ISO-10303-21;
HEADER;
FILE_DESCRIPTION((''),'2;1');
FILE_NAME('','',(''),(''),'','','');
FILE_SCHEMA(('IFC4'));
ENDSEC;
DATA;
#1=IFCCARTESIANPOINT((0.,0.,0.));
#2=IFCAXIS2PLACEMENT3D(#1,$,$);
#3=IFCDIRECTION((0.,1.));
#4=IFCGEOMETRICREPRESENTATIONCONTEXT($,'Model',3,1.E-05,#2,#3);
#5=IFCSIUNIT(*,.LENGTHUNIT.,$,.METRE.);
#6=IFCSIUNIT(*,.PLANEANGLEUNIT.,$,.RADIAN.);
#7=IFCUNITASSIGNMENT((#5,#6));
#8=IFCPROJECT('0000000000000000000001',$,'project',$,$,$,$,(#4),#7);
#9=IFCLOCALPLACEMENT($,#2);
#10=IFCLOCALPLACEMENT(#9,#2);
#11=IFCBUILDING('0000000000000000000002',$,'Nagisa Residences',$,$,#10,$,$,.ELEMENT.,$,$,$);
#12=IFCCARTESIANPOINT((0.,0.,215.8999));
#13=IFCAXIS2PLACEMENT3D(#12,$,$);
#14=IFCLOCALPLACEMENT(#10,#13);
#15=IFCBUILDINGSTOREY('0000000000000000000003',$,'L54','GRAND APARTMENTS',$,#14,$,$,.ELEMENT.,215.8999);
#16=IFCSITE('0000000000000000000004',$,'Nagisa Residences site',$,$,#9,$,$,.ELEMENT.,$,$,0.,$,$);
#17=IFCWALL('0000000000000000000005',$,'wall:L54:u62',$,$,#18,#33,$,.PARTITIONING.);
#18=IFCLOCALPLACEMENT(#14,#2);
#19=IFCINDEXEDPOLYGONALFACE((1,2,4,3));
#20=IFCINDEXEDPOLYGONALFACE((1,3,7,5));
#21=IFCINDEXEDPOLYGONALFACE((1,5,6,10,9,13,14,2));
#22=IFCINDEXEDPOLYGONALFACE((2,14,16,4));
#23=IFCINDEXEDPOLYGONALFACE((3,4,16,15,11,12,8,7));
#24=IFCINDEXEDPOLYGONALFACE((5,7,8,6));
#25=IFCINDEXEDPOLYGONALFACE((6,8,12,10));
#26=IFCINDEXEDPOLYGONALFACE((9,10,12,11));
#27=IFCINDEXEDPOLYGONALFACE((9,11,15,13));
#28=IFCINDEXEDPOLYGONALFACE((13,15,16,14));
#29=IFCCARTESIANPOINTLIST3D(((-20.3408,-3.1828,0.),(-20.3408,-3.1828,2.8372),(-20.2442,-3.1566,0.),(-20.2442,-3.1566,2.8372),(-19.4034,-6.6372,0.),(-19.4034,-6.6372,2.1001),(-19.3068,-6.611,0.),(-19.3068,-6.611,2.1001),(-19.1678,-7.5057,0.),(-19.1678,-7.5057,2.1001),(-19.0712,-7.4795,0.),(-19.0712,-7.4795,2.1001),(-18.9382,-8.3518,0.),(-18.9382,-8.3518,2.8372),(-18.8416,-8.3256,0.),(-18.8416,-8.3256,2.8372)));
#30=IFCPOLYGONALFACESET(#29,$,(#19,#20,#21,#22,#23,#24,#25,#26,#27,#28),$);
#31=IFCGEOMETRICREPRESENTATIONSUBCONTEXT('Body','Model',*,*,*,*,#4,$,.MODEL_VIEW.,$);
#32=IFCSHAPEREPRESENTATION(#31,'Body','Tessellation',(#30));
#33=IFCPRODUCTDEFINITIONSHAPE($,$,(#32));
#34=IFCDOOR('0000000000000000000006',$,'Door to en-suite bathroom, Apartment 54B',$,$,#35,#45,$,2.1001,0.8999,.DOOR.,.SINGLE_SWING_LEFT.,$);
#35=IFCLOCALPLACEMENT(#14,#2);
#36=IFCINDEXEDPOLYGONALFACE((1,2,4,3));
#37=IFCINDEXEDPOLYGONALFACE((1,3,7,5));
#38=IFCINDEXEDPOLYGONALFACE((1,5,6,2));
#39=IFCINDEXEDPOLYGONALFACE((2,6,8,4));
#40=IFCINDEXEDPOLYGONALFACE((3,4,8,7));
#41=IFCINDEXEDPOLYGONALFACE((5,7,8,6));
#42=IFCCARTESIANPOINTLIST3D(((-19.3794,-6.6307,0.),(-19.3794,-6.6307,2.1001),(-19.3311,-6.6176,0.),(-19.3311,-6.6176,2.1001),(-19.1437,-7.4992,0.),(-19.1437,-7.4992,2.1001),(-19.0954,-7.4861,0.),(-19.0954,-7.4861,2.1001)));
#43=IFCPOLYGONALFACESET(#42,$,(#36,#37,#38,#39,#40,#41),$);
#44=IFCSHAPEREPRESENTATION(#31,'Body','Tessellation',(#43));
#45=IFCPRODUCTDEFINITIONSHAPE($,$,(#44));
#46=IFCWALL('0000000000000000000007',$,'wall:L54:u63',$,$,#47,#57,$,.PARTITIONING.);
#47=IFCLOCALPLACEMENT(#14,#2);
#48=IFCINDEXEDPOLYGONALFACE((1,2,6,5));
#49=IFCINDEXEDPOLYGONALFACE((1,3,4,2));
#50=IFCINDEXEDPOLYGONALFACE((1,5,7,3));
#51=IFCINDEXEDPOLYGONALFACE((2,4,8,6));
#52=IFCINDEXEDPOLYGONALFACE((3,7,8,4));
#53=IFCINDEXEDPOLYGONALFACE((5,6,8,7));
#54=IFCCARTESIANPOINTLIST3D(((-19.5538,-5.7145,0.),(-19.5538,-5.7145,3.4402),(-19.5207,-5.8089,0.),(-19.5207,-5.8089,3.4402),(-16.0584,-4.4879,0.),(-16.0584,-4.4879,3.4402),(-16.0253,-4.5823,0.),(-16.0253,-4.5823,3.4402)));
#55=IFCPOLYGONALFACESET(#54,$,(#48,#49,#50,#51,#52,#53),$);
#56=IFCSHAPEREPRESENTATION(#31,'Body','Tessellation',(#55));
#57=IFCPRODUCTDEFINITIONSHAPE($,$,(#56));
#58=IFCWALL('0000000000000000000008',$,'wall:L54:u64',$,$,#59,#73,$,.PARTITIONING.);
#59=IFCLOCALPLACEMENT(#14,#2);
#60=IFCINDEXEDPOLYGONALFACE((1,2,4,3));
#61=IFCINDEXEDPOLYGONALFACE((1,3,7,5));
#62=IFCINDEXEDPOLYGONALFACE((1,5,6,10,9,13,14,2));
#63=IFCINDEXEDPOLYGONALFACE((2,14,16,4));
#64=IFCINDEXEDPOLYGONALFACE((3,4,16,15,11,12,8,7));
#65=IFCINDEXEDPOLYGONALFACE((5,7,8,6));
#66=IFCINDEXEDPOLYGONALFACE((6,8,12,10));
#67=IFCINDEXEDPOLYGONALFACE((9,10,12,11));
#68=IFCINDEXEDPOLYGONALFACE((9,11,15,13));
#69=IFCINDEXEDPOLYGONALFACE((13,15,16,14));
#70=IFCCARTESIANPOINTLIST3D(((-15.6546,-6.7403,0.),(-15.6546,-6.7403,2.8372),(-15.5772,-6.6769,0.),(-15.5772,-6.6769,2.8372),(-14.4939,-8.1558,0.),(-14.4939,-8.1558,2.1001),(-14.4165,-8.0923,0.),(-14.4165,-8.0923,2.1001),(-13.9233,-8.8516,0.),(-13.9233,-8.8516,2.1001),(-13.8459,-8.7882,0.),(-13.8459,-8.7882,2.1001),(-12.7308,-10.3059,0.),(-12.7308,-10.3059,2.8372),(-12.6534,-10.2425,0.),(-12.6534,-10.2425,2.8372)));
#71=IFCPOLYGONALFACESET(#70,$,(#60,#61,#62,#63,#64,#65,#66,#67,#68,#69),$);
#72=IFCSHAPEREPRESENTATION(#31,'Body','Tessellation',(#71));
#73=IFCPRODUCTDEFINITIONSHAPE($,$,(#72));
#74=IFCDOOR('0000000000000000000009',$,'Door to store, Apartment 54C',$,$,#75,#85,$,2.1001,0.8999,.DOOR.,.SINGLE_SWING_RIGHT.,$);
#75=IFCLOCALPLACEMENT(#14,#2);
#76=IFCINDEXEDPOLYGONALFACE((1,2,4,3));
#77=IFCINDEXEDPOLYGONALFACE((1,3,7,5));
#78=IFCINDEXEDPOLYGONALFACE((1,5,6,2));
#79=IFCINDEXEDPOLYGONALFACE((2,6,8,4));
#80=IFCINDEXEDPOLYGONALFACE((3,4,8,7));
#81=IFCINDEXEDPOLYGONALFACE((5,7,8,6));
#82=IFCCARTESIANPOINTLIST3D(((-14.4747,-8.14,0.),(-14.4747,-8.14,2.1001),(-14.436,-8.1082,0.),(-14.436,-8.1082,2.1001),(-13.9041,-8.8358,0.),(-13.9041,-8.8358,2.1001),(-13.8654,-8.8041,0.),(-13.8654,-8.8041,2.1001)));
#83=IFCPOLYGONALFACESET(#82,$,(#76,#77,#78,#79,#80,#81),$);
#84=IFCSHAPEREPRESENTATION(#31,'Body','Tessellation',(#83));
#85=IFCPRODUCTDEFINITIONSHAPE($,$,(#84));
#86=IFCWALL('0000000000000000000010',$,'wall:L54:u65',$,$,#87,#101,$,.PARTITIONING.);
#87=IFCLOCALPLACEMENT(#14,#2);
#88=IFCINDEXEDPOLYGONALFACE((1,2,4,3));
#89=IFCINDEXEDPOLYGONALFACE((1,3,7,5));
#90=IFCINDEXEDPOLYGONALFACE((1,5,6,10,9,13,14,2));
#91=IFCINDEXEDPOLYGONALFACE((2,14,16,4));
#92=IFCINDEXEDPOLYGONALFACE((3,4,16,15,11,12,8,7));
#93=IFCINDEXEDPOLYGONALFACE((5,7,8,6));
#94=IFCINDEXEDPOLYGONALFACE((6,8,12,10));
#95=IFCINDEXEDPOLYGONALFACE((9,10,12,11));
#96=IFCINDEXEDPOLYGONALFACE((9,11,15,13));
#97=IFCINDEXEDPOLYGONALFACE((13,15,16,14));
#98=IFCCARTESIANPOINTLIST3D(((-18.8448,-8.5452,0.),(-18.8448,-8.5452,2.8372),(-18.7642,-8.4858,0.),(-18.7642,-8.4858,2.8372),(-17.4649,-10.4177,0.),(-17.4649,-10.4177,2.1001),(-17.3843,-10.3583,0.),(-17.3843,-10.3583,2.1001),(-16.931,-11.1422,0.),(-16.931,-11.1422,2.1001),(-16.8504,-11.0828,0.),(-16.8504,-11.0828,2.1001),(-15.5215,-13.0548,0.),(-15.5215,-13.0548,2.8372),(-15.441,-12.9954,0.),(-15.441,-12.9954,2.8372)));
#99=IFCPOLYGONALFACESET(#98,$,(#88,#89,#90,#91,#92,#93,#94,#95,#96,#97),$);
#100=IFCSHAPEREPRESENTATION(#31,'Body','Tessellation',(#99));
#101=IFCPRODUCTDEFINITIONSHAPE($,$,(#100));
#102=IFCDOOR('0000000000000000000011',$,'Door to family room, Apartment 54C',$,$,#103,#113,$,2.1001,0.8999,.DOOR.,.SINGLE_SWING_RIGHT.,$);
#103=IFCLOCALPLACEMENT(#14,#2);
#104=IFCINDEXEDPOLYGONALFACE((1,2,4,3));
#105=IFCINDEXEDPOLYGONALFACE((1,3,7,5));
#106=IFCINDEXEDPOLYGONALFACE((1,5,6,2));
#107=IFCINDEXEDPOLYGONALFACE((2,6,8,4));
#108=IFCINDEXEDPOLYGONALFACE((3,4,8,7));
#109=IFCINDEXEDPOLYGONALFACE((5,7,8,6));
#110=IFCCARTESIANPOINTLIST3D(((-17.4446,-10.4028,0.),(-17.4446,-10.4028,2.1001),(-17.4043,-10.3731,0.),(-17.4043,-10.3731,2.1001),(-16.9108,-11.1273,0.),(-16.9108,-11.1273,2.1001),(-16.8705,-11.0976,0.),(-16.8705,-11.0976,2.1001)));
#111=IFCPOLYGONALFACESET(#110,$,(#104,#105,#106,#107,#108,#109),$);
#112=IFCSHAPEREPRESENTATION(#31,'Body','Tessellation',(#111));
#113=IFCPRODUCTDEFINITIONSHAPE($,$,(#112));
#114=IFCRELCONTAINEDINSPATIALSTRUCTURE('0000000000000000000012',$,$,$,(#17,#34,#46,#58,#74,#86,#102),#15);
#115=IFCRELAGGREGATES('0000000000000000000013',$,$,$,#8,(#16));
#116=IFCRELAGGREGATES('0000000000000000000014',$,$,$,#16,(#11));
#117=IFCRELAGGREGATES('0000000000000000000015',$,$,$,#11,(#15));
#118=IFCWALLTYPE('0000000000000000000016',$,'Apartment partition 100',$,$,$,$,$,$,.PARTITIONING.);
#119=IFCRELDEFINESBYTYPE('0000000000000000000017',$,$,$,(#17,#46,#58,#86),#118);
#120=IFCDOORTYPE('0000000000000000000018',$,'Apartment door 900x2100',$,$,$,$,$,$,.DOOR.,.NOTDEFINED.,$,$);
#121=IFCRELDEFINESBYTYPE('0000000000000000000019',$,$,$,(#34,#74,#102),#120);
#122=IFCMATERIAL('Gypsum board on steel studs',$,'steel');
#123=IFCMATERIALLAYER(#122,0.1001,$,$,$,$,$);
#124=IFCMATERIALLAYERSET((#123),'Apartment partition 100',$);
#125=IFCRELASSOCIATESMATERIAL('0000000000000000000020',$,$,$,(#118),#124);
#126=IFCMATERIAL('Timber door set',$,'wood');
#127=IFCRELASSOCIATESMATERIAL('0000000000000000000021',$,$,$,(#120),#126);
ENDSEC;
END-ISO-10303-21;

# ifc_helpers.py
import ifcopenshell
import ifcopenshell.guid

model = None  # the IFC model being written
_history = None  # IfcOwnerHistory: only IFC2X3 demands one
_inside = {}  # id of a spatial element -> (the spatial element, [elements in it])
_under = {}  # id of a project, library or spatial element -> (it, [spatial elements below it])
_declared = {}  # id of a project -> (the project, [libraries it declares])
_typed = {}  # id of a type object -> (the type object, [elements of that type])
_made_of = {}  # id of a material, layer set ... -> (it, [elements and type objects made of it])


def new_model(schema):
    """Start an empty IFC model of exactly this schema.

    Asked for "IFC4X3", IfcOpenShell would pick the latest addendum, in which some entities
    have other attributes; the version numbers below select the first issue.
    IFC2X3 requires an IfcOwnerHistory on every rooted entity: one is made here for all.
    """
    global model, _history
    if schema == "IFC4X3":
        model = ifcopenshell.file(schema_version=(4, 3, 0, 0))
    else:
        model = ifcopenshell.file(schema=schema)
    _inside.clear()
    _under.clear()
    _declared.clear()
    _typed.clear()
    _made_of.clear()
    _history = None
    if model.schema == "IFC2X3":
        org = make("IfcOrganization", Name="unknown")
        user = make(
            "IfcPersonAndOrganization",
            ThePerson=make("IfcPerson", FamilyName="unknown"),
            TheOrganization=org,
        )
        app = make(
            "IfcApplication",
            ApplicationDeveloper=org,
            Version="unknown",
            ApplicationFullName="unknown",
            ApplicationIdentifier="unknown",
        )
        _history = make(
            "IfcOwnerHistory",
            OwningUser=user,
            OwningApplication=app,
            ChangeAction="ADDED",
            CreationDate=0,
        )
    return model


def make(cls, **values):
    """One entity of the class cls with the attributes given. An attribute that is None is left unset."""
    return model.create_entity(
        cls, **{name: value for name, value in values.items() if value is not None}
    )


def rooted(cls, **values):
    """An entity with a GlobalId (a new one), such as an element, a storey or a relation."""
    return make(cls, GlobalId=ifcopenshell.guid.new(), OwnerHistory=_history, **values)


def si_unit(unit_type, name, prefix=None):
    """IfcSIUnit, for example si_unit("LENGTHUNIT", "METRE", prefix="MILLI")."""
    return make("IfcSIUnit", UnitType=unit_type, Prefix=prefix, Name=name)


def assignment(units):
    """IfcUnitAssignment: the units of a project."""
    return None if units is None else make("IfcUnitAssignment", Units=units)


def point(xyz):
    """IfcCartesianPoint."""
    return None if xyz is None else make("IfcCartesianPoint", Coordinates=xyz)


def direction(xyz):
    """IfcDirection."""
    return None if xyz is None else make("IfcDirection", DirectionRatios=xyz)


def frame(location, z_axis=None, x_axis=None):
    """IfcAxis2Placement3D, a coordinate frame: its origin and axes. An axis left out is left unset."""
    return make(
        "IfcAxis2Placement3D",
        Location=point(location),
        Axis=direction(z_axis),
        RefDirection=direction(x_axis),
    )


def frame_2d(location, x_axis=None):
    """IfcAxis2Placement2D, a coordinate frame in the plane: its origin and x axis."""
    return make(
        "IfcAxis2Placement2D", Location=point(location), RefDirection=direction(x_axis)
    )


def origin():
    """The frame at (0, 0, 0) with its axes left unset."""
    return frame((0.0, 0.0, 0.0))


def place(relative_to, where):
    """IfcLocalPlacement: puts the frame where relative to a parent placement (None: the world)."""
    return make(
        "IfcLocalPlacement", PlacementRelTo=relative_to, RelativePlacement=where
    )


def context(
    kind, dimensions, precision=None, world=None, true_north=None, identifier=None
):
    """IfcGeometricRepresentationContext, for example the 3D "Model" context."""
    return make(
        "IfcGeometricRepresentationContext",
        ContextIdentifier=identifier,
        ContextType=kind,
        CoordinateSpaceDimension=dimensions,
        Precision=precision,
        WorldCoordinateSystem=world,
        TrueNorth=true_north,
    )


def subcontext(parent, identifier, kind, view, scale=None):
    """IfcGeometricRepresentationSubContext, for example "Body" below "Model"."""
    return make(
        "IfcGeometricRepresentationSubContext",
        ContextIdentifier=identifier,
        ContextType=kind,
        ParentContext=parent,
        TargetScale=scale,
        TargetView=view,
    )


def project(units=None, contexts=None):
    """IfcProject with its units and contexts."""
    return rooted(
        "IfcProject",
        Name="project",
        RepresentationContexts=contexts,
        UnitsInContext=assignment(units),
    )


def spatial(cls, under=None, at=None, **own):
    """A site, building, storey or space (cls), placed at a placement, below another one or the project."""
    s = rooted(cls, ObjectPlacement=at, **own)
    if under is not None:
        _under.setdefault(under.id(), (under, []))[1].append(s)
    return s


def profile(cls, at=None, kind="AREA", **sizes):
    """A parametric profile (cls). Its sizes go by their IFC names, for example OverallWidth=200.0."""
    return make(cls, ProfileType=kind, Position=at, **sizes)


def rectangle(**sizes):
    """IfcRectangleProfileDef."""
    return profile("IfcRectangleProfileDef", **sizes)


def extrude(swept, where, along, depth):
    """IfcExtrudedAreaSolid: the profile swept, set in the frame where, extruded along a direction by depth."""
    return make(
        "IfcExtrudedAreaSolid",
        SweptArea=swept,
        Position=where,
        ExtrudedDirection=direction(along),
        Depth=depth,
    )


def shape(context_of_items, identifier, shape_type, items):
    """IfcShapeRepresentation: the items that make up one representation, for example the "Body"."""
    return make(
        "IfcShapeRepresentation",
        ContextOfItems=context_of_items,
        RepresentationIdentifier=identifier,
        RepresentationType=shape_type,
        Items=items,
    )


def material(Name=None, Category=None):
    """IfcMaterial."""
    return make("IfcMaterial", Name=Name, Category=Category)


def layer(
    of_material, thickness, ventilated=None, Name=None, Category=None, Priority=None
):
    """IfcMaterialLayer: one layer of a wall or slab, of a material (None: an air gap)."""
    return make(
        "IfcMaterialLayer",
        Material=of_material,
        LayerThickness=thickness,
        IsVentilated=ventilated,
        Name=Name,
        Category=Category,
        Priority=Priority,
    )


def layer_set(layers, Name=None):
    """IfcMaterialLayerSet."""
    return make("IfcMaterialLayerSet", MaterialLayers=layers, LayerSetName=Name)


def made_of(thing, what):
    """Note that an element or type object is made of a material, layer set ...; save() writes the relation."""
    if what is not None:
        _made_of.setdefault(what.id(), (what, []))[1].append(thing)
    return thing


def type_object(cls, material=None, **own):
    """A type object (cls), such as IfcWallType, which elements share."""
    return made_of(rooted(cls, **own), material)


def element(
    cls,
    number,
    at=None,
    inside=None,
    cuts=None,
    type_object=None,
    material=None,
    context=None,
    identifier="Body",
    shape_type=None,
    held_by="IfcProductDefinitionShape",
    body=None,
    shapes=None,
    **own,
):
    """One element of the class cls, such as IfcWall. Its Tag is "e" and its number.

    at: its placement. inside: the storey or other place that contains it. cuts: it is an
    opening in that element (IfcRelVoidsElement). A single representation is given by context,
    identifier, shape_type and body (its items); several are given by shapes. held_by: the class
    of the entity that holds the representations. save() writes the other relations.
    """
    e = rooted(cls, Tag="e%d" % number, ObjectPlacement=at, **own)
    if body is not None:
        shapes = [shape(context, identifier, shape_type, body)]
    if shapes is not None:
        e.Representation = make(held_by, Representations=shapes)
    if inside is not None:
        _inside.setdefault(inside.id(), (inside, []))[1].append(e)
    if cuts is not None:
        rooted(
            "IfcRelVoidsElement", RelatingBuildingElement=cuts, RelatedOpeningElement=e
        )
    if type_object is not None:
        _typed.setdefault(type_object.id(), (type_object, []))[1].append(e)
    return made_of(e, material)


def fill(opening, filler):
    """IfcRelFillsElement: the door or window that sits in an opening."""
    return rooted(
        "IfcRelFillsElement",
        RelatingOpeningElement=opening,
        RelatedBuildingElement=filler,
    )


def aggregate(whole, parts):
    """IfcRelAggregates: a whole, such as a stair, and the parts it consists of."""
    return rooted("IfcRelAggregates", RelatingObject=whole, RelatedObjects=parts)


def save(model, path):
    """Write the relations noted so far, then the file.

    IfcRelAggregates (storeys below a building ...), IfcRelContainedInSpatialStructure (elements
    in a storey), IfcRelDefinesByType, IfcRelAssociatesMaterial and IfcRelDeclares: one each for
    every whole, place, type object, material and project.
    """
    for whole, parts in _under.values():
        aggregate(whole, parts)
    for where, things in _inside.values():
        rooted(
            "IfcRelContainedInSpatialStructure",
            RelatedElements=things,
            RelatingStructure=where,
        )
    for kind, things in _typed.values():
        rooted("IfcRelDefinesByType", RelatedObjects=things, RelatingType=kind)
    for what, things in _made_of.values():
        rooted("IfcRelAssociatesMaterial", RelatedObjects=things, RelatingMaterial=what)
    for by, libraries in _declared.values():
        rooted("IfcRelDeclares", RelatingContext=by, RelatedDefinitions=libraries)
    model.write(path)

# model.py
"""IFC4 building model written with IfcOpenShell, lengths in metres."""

from ifc_helpers import new_model, si_unit, direction, frame, frame_2d, origin, place, context, subcontext, project, spatial, rectangle, extrude, material, layer, layer_set, type_object, element, fill, save


model = new_model("IFC4")

# Units and contexts
model_context = context("Model", 3, precision=1e-05, world=origin(), true_north=direction((0.0, 1.0)))
body_context = subcontext(model_context, "Body", "Model", "MODEL_VIEW")
ifc_project = project(units=[si_unit("LENGTHUNIT", "METRE"), si_unit("PLANEANGLEUNIT", "RADIAN")], contexts=[model_context])

# Site, building, storey
site_placement = place(None, origin())
site = spatial("IfcSite", under=ifc_project, at=site_placement, Name="Nagisa Residences site", CompositionType="ELEMENT", RefElevation=0.0)
building_placement = place(site_placement, origin())
building = spatial("IfcBuilding", under=site, at=building_placement, Name="Nagisa Residences", CompositionType="ELEMENT")
storey_placement = place(building_placement, frame((0.0, 0.0, 215.8999)))
storey = spatial("IfcBuildingStorey", under=building, at=storey_placement, Name="L54", Description="GRAND APARTMENTS", CompositionType="ELEMENT", Elevation=215.8999)

# Shared definitions
ifc_material_1 = material(Name="Gypsum board on steel studs", Category="steel")
ifc_layer_1 = layer(ifc_material_1, 0.1001)
ifc_layer_set_1 = layer_set([ifc_layer_1], Name="Apartment partition 100")
wall_type_1 = type_object("IfcWallType", Name="Apartment partition 100", PredefinedType="PARTITIONING", material=ifc_layer_set_1)
ifc_material_2 = material(Name="Timber door set", Category="wood")
door_type_1 = type_object("IfcDoorType", Name="Apartment door 900x2100", OperationType="NOTDEFINED", PredefinedType="DOOR", material=ifc_material_2)

# Wall, opening, door
wall_1_placement = place(storey_placement, frame((-20.2925, -3.1697, 0.0), z_axis=(0.0, 0.0, 1.0), x_axis=(0.261879, -0.965101, 0.0)))
wall_1 = element("IfcWall", 1, at=wall_1_placement, inside=storey, type_object=wall_type_1, Name="wall:L54:u62", PredefinedType="PARTITIONING", context=body_context, shape_type="SweptSolid", body=[
    extrude(rectangle(XDim=5.356, YDim=0.1001, at=frame_2d((2.678, 0.0))), origin(), (0.0, 0.0, 1.0), 2.8372),
])
opening_1_placement = place(wall_1_placement, frame((3.5793, 0.0, 0.0)))
opening_1 = element("IfcOpeningElement", 2, at=opening_1_placement, cuts=wall_1, PredefinedType="OPENING", context=body_context, shape_type="SweptSolid", body=[
    extrude(rectangle(XDim=0.8999, YDim=2.1001, at=frame_2d((0.45, 1.05))), frame((0.0, 0.0601, 0.0), z_axis=(0.0, -1.0, 0.0), x_axis=(1.0, 0.0, 0.0)), (0.0, 0.0, 1.0), 0.1201),
])
door_1_placement = place(opening_1_placement, origin())
door_1 = element("IfcDoor", 3, at=door_1_placement, inside=storey, type_object=door_type_1, Name="Door to en-suite bathroom, Apartment 54B", OperationType="SINGLE_SWING_LEFT", OverallHeight=2.1001, OverallWidth=0.8999, PredefinedType="DOOR", context=body_context, shape_type="SweptSolid", body=[
    extrude(rectangle(XDim=0.8999, YDim=2.1001, at=frame_2d((0.45, 1.05))), frame((0.0, 0.0249, 0.0), z_axis=(0.0, -1.0, 0.0), x_axis=(1.0, 0.0, 0.0)), (0.0, 0.0, 1.0), 0.05),
])
fill(opening_1, door_1)

# Wall
wall_2_placement = place(storey_placement, frame((-16.042, -4.5352, 0.0), z_axis=(0.0, 0.0, 1.0), x_axis=(-0.94359, -0.331117, 0.0)))
element("IfcWall", 4, at=wall_2_placement, inside=storey, type_object=wall_type_1, Name="wall:L54:u63", PredefinedType="PARTITIONING", context=body_context, shape_type="SweptSolid", body=[
    extrude(rectangle(XDim=3.7043, YDim=0.1001, at=frame_2d((1.8521, 0.0))), origin(), (0.0, 0.0, 1.0), 3.4402),
])

# Walls, openings, doors
wall_3_placement = place(storey_placement, frame((-15.616, -6.7085, 0.0), z_axis=(0.0, 0.0, 1.0), x_axis=(0.634076, -0.77327, 0.0)))
wall_3 = element("IfcWall", 5, at=wall_3_placement, inside=storey, type_object=wall_type_1, Name="wall:L54:u64", PredefinedType="PARTITIONING", context=body_context, shape_type="SweptSolid", body=[
    extrude(rectangle(XDim=4.6111, YDim=0.1001, at=frame_2d((2.3057, 0.0))), origin(), (0.0, 0.0, 1.0), 2.8372),
])
opening_2_placement = place(wall_3_placement, frame((1.8306, 0.0, 0.0)))
opening_2 = element("IfcOpeningElement", 6, at=opening_2_placement, cuts=wall_3, PredefinedType="OPENING", context=body_context, shape_type="SweptSolid", body=[
    extrude(rectangle(XDim=0.8999, YDim=2.1001, at=frame_2d((0.45, 1.05))), frame((0.0, 0.0601, 0.0), z_axis=(0.0, -1.0, 0.0), x_axis=(1.0, 0.0, 0.0)), (0.0, 0.0, 1.0), 0.1201),
])
door_2_placement = place(opening_2_placement, origin())
door_2 = element("IfcDoor", 7, at=door_2_placement, inside=storey, type_object=door_type_1, Name="Door to store, Apartment 54C", OperationType="SINGLE_SWING_RIGHT", OverallHeight=2.1001, OverallWidth=0.8999, PredefinedType="DOOR", context=body_context, shape_type="SweptSolid", body=[
    extrude(rectangle(XDim=0.8999, YDim=2.1001, at=frame_2d((0.45, 1.05))), frame((0.0, 0.0249, 0.0), z_axis=(0.0, -1.0, 0.0), x_axis=(1.0, 0.0, 0.0)), (0.0, 0.0, 1.0), 0.05),
])
fill(opening_2, door_2)
wall_4_placement = place(storey_placement, frame((-18.8044, -8.5156, 0.0), z_axis=(0.0, 0.0, 1.0), x_axis=(0.59325, -0.805019, 0.0)))
wall_4 = element("IfcWall", 8, at=wall_4_placement, inside=storey, type_object=wall_type_1, Name="wall:L54:u65", PredefinedType="PARTITIONING", context=body_context, shape_type="SweptSolid", body=[
    extrude(rectangle(XDim=5.6018, YDim=0.1001, at=frame_2d((2.8008, 0.0))), origin(), (0.0, 0.0, 1.0), 2.8372),
])
opening_3_placement = place(wall_4_placement, frame((2.3259, 0.0, 0.0)))
opening_3 = element("IfcOpeningElement", 9, at=opening_3_placement, cuts=wall_4, PredefinedType="OPENING", context=body_context, shape_type="SweptSolid", body=[
    extrude(rectangle(XDim=0.8999, YDim=2.1001, at=frame_2d((0.45, 1.05))), frame((0.0, 0.0601, 0.0), z_axis=(0.0, -1.0, 0.0), x_axis=(1.0, 0.0, 0.0)), (0.0, 0.0, 1.0), 0.1201),
])
door_3_placement = place(opening_3_placement, frame((0.8999, 0.0, 0.0), x_axis=(-1.0, 0.0, 0.0)))
door_3 = element("IfcDoor", 10, at=door_3_placement, inside=storey, type_object=door_type_1, Name="Door to family room, Apartment 54C", OperationType="SINGLE_SWING_RIGHT", OverallHeight=2.1001, OverallWidth=0.8999, PredefinedType="DOOR", context=body_context, shape_type="SweptSolid", body=[
    extrude(rectangle(XDim=0.8999, YDim=2.1001, at=frame_2d((0.45, 1.05))), frame((0.0, 0.0249, 0.0), z_axis=(0.0, -1.0, 0.0), x_axis=(1.0, 0.0, 0.0)), (0.0, 0.0, 1.0), 0.05),
])
fill(opening_3, door_3)

save(model, "model.ifc")
